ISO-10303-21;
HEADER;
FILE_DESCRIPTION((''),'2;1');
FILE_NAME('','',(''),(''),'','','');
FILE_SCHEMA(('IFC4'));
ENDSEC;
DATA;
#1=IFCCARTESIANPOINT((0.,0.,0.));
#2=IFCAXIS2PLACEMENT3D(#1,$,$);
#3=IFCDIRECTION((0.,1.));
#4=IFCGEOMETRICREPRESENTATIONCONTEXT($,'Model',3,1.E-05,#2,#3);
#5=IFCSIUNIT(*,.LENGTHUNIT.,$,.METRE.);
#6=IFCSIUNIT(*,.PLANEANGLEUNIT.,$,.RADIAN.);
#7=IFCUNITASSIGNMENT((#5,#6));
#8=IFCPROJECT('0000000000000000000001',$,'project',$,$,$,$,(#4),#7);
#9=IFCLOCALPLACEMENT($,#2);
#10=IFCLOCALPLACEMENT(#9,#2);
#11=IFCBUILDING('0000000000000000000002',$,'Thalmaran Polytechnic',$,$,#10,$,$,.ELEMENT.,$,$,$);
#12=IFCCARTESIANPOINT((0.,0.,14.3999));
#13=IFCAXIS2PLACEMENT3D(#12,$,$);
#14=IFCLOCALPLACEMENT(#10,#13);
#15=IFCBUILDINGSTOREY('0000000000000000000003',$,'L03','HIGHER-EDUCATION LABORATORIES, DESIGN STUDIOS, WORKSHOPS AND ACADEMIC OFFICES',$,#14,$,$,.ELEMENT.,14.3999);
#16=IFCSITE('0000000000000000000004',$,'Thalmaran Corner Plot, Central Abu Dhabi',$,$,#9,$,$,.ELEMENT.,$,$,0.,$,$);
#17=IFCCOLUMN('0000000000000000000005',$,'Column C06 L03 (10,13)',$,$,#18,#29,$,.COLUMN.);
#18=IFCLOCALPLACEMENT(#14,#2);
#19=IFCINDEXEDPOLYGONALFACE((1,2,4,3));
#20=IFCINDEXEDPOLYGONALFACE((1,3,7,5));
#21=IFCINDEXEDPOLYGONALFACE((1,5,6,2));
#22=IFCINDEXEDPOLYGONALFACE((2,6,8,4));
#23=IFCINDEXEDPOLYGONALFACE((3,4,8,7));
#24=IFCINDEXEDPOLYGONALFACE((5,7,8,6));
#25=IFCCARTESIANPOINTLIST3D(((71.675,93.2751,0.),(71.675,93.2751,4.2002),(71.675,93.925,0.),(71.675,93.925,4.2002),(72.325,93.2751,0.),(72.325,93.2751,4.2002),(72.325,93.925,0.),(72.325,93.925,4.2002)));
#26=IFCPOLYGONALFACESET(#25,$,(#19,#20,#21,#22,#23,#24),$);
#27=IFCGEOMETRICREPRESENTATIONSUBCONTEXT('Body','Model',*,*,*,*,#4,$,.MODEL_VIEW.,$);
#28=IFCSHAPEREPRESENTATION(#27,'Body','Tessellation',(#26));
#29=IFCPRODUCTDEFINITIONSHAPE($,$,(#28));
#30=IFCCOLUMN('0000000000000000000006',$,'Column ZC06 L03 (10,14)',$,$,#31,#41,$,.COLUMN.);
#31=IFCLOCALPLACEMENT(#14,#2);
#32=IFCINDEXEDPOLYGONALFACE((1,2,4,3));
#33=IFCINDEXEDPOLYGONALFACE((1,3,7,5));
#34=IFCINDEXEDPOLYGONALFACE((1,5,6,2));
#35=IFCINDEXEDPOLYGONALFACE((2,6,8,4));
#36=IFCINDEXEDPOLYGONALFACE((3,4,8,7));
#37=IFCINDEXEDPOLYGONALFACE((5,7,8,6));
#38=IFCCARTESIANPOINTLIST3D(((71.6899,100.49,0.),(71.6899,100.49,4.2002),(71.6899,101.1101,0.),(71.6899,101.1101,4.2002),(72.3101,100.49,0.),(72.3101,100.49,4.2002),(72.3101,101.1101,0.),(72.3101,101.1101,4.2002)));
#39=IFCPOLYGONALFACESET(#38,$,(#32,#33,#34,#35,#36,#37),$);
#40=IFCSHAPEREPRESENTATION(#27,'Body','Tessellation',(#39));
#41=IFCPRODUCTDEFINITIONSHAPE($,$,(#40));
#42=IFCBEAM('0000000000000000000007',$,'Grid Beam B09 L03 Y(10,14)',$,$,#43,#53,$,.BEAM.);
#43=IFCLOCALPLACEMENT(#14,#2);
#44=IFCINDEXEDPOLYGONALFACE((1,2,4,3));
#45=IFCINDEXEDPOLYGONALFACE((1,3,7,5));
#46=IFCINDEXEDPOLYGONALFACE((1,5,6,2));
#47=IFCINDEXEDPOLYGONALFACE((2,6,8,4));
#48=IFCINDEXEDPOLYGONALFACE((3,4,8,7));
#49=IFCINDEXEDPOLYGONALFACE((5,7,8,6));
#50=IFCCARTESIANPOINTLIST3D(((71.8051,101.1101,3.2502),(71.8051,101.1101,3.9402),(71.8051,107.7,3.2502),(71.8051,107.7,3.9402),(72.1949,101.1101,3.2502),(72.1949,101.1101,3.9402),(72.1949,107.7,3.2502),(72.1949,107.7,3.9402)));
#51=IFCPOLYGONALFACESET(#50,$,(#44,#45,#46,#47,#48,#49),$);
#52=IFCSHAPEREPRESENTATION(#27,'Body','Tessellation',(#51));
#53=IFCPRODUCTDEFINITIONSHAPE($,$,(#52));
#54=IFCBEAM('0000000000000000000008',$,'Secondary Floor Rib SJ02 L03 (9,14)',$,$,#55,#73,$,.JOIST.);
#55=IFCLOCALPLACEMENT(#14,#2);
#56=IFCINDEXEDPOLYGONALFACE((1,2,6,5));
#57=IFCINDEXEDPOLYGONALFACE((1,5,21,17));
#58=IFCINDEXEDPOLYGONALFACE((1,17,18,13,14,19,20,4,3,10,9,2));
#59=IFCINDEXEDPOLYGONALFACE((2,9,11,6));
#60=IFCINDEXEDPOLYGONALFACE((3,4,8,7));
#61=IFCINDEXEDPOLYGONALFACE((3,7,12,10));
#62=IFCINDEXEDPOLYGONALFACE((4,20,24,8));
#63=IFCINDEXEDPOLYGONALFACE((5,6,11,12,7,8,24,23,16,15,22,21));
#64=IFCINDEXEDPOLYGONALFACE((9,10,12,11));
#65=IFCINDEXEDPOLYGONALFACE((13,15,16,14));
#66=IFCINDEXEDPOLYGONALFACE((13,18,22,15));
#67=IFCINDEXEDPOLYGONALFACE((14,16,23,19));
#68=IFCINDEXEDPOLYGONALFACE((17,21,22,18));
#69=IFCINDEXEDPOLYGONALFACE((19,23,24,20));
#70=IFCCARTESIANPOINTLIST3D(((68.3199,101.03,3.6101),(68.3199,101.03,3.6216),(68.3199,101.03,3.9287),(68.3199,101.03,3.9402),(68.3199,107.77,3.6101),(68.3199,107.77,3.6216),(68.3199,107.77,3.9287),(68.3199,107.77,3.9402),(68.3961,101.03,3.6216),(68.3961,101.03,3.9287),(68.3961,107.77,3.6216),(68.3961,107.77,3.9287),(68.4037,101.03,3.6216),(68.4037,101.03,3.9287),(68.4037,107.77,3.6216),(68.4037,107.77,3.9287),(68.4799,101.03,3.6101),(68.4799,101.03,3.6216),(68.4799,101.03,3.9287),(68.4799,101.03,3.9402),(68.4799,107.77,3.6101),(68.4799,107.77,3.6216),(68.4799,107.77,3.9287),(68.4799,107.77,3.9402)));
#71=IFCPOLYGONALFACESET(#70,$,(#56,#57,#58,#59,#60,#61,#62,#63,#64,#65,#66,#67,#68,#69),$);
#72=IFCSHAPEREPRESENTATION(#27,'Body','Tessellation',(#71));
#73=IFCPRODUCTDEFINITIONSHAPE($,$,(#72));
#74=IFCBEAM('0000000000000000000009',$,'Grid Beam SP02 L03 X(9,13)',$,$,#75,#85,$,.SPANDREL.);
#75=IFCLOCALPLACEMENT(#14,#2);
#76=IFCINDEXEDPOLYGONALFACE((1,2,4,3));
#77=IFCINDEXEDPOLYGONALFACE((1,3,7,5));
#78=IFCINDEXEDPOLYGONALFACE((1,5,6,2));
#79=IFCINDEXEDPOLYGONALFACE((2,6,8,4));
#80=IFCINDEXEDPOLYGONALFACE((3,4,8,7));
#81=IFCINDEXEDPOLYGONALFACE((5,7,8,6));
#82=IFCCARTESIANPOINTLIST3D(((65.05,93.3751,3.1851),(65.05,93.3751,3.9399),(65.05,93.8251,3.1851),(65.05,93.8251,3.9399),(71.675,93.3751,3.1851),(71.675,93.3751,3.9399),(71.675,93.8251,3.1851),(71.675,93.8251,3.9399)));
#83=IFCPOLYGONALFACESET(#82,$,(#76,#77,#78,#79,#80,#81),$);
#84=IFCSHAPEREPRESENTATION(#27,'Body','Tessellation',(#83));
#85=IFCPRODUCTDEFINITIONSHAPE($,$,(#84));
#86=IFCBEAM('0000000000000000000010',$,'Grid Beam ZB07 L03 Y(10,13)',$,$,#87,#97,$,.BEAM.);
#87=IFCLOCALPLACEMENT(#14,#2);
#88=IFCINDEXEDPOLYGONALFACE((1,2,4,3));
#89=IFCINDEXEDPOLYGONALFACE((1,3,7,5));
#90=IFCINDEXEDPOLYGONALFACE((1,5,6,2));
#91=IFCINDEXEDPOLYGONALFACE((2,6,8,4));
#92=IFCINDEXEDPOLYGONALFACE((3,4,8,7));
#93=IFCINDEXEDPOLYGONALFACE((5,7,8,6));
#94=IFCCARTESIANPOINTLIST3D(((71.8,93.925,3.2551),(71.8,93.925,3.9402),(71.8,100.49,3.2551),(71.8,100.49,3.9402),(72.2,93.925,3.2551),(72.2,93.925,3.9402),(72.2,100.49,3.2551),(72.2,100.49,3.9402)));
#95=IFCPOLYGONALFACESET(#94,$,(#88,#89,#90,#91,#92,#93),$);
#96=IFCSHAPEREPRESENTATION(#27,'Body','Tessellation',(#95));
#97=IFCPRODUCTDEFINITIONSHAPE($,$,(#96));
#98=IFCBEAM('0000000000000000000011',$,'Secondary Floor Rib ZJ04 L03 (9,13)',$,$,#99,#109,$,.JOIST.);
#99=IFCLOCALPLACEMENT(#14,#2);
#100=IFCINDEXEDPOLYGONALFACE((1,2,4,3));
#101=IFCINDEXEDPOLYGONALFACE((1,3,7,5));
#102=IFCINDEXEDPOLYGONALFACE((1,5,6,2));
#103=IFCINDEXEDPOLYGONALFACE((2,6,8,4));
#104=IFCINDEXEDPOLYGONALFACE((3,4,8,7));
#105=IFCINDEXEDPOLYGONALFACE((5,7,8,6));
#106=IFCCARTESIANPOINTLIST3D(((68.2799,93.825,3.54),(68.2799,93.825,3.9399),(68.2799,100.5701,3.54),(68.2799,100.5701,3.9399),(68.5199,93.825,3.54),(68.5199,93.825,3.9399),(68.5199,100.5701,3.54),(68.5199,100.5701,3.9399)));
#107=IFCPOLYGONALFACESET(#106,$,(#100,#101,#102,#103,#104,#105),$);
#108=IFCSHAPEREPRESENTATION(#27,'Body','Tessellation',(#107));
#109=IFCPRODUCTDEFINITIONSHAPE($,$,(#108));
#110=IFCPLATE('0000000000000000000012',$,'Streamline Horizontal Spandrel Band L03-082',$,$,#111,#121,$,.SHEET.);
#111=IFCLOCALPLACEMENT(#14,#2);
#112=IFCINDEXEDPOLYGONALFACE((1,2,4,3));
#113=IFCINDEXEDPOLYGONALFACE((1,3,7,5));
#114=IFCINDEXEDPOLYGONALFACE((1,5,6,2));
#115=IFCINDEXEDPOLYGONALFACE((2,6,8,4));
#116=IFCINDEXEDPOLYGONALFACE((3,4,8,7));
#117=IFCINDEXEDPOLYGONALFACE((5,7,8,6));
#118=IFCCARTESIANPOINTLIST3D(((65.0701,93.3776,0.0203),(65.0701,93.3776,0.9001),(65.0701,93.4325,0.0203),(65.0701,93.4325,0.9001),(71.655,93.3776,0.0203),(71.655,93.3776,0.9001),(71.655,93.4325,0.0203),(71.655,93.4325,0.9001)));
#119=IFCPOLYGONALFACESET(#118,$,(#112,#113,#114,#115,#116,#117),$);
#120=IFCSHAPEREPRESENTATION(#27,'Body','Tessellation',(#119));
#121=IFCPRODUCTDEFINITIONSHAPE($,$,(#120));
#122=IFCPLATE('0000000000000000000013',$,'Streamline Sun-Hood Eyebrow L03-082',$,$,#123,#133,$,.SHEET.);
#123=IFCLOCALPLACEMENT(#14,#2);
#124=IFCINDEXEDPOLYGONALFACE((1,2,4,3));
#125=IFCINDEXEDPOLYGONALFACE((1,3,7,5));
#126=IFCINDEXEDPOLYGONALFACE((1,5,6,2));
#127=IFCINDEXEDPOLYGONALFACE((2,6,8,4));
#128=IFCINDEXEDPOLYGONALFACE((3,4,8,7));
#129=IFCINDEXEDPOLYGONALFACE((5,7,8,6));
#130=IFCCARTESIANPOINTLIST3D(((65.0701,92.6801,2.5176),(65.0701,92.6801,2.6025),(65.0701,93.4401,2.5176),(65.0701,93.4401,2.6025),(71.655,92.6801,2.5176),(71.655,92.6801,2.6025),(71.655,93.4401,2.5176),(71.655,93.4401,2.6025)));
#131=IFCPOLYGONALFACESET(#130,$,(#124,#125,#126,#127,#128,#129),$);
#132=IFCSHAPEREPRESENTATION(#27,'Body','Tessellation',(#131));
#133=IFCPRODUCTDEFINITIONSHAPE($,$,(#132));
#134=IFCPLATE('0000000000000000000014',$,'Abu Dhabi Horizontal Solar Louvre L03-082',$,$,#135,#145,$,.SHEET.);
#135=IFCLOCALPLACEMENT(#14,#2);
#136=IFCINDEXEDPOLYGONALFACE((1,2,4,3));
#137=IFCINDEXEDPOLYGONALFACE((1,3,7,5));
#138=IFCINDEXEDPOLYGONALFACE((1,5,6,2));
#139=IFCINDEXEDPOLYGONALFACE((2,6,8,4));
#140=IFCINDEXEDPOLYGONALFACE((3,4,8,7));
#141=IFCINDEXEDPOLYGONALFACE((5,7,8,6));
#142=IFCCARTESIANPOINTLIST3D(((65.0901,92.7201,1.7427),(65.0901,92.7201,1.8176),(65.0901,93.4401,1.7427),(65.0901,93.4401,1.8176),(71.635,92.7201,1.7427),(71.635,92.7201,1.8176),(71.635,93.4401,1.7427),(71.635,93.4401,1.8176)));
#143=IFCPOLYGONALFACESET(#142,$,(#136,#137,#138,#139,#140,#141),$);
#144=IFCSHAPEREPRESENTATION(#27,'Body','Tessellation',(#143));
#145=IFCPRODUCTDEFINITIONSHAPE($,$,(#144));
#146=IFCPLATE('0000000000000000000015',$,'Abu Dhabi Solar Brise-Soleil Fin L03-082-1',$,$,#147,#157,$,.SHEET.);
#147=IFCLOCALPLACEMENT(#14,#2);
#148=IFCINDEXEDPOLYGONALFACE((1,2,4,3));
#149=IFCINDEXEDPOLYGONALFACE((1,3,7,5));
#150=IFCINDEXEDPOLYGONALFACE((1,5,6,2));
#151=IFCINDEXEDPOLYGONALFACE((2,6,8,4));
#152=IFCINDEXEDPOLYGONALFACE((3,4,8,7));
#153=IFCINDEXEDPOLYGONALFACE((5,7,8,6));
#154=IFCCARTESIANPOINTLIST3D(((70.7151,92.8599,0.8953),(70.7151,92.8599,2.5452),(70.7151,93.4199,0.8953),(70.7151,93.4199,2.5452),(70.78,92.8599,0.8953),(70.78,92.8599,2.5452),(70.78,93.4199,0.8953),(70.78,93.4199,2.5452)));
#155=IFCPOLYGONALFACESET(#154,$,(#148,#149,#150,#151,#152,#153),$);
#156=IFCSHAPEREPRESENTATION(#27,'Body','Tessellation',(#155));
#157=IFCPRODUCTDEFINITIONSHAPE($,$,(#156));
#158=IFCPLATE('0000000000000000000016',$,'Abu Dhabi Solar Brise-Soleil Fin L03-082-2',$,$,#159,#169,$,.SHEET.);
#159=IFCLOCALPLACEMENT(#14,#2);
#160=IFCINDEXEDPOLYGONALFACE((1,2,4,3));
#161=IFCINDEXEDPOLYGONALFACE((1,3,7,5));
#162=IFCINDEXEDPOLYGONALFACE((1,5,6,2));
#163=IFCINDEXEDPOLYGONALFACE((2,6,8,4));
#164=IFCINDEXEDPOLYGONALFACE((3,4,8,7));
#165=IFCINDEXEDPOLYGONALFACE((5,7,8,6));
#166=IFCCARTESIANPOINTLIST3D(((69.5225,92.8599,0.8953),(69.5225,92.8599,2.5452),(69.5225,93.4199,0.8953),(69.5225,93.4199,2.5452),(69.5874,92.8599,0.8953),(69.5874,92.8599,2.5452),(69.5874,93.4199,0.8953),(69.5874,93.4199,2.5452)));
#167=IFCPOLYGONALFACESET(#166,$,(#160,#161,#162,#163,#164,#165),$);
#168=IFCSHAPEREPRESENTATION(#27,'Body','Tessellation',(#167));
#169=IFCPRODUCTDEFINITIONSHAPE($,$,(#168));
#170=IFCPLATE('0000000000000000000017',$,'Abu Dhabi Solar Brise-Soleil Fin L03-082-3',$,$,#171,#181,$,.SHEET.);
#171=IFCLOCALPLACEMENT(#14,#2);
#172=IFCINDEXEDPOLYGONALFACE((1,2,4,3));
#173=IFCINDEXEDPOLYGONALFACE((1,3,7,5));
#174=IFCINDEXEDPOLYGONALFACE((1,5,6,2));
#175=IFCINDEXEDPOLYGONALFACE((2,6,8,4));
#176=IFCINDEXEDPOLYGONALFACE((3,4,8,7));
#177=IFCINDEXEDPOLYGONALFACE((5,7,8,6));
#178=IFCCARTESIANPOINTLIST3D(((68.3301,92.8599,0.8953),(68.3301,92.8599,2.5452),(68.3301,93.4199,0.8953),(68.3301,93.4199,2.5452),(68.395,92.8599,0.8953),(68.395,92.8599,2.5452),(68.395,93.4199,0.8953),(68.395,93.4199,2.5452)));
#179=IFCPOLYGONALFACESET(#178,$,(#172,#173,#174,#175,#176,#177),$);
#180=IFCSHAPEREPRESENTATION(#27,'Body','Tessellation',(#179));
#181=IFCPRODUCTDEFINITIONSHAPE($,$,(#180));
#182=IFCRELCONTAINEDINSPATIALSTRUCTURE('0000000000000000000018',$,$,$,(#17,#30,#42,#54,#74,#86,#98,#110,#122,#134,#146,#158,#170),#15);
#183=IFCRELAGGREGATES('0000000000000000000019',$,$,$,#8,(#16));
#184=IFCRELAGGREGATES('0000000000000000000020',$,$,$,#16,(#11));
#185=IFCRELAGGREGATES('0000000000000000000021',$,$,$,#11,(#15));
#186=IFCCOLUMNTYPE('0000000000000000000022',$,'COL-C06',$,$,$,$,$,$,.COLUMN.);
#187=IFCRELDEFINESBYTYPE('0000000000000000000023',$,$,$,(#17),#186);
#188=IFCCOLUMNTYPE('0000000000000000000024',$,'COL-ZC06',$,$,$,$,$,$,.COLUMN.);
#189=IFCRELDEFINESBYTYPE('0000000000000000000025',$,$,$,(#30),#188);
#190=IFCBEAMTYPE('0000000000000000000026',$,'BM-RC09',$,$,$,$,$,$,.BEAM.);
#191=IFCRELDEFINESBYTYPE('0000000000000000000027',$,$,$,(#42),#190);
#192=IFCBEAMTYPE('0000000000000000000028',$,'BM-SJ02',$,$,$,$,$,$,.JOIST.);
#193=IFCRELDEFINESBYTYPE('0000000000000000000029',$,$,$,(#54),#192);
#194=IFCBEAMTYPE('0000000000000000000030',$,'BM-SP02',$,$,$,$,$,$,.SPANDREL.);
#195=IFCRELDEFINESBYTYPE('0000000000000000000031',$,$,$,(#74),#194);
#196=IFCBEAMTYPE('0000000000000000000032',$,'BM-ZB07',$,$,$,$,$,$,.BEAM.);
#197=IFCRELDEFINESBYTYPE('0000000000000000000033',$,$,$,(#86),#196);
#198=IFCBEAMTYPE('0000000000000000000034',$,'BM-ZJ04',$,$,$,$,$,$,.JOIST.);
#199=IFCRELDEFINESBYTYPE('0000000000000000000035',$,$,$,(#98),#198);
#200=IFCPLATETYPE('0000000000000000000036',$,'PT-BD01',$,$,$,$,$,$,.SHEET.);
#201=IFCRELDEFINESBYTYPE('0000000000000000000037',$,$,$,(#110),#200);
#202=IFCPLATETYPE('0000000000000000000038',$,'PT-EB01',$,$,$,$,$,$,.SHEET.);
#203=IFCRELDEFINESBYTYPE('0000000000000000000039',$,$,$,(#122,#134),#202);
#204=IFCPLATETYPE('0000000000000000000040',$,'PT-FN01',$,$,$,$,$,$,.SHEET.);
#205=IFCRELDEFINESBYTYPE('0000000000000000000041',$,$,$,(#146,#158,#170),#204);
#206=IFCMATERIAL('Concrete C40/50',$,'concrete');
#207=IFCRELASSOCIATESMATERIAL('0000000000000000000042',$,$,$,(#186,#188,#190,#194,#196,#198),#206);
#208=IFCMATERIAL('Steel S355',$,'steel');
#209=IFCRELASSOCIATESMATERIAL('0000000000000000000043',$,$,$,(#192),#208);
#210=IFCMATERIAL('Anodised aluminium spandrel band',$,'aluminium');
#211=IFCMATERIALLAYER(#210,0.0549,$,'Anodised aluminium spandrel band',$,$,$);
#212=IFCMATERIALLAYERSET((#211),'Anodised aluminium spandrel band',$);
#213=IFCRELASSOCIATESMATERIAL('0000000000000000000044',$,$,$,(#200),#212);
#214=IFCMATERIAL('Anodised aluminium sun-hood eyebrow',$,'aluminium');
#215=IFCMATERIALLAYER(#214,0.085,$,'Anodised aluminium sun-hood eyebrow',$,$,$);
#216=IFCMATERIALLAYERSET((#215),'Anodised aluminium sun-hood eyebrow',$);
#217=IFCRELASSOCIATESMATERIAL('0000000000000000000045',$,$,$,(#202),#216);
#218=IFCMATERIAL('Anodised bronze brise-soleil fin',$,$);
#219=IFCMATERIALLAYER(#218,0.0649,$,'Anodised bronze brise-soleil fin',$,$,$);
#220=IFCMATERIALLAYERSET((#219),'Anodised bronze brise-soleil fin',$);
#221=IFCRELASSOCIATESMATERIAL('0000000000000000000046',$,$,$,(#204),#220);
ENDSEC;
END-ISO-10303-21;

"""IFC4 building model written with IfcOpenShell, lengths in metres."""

from ifc_helpers import new_model, si_unit, direction, frame, origin, origin_2d, place, context, subcontext, project, spatial, rectangle, i_section, extrude, material, layer, layer_set, material_profile, profile_set, type_object, element, save


model = new_model("IFC4")

# Units and contexts
model_context = context("Model", 3, precision=1e-05, world=origin(), true_north=direction((0.0, 1.0)))
body_context = subcontext(model_context, "Body", "Model", "MODEL_VIEW")
ifc_project = project(units=[si_unit("LENGTHUNIT", "METRE"), si_unit("PLANEANGLEUNIT", "RADIAN")], contexts=[model_context])

# Site, building, storey
site_placement = place(None, origin())
site = spatial("IfcSite", under=ifc_project, at=site_placement, Name="Thalmaran Corner Plot, Central Abu Dhabi", CompositionType="ELEMENT", RefElevation=0.0)
building_placement = place(site_placement, origin())
building = spatial("IfcBuilding", under=site, at=building_placement, Name="Thalmaran Polytechnic", CompositionType="ELEMENT")
storey_placement = place(building_placement, frame((0.0, 0.0, 14.3999)))
storey = spatial("IfcBuildingStorey", under=building, at=storey_placement, Name="L03", Description="HIGHER-EDUCATION LABORATORIES, DESIGN STUDIOS, WORKSHOPS AND ACADEMIC OFFICES", CompositionType="ELEMENT", Elevation=14.3999)

# Columns
ifc_material_1 = material(Name="Concrete C40/50", Category="concrete")
ifc_material_profile_1 = material_profile(ifc_material_1, rectangle(XDim=0.6499, YDim=0.6499, at=origin_2d()), Name="RC 650x650")
ifc_profile_set_1 = profile_set([ifc_material_profile_1], Name="Concrete C40/50")
column_type_1 = type_object("IfcColumnType", Name="COL-C06", PredefinedType="COLUMN", material=ifc_profile_set_1)
column_1_placement = place(storey_placement, frame((72.0, 93.6001, 0.0), z_axis=(0.0, 0.0, 1.0), x_axis=(1.0, 0.0, 0.0)))
element("IfcColumn", 1, at=column_1_placement, inside=storey, type_object=column_type_1, Name="Column C06 L03 (10,13)", PredefinedType="COLUMN", context=body_context, shape_type="SweptSolid", body=[
    extrude(rectangle(XDim=0.6499, YDim=0.6499, at=origin_2d()), origin(), (0.0, 0.0, 1.0), 4.2002),
])
ifc_material_profile_2 = material_profile(ifc_material_1, rectangle(XDim=0.6201, YDim=0.6201, at=origin_2d()), Name="RC 620x620")
ifc_profile_set_2 = profile_set([ifc_material_profile_2], Name="Concrete C40/50")
column_type_2 = type_object("IfcColumnType", Name="COL-ZC06", PredefinedType="COLUMN", material=ifc_profile_set_2)
column_2_placement = place(storey_placement, frame((72.0, 100.8, 0.0), z_axis=(0.0, 0.0, 1.0), x_axis=(1.0, 0.0, 0.0)))
element("IfcColumn", 2, at=column_2_placement, inside=storey, type_object=column_type_2, Name="Column ZC06 L03 (10,14)", PredefinedType="COLUMN", context=body_context, shape_type="SweptSolid", body=[
    extrude(rectangle(XDim=0.6201, YDim=0.6201, at=origin_2d()), origin(), (0.0, 0.0, 1.0), 4.2002),
])

# Beams
ifc_material_profile_3 = material_profile(ifc_material_1, rectangle(XDim=0.3899, YDim=0.6899, at=origin_2d()), Name="RC 390x690")
ifc_profile_set_3 = profile_set([ifc_material_profile_3], Name="Concrete C40/50")
beam_type_1 = type_object("IfcBeamType", Name="BM-RC09", PredefinedType="BEAM", material=ifc_profile_set_3)
beam_1_placement = place(storey_placement, frame((72.0, 101.1101, 3.5952), z_axis=(0.0, 1.0, 0.0), x_axis=(-1.0, 0.0, 0.0)))
element("IfcBeam", 3, at=beam_1_placement, inside=storey, type_object=beam_type_1, Name="Grid Beam B09 L03 Y(10,14)", PredefinedType="BEAM", context=body_context, shape_type="SweptSolid", body=[
    extrude(rectangle(XDim=0.3899, YDim=0.6899, at=origin_2d()), origin(), (0.0, 0.0, 1.0), 6.5898),
])
ifc_material_2 = material(Name="Steel S355", Category="steel")
ifc_material_profile_4 = material_profile(ifc_material_2, i_section(OverallWidth=0.1599, OverallDepth=0.3301, WebThickness=0.0076, FlangeThickness=0.0115, at=origin_2d()), Name="IPE 330")
ifc_profile_set_4 = profile_set([ifc_material_profile_4], Name="Steel S355")
beam_type_2 = type_object("IfcBeamType", Name="BM-SJ02", PredefinedType="JOIST", material=ifc_profile_set_4)
beam_2_placement = place(storey_placement, frame((68.3999, 101.03, 3.7751), z_axis=(0.0, 1.0, 0.0), x_axis=(-1.0, 0.0, 0.0)))
element("IfcBeam", 4, at=beam_2_placement, inside=storey, type_object=beam_type_2, Name="Secondary Floor Rib SJ02 L03 (9,14)", PredefinedType="JOIST", context=body_context, shape_type="SweptSolid", body=[
    extrude(i_section(OverallWidth=0.1599, OverallDepth=0.3301, WebThickness=0.0076, FlangeThickness=0.0115, at=origin_2d()), origin(), (0.0, 0.0, 1.0), 6.74),
])
ifc_material_profile_5 = material_profile(ifc_material_1, rectangle(XDim=0.45, YDim=0.7549, at=origin_2d()), Name="RC 450x755")
ifc_profile_set_5 = profile_set([ifc_material_profile_5], Name="Concrete C40/50")
beam_type_3 = type_object("IfcBeamType", Name="BM-SP02", PredefinedType="SPANDREL", material=ifc_profile_set_5)
beam_3_placement = place(storey_placement, frame((65.05, 93.6001, 3.5625), z_axis=(1.0, 0.0, 0.0), x_axis=(0.0, 1.0, 0.0)))
element("IfcBeam", 5, at=beam_3_placement, inside=storey, type_object=beam_type_3, Name="Grid Beam SP02 L03 X(9,13)", PredefinedType="SPANDREL", context=body_context, shape_type="SweptSolid", body=[
    extrude(rectangle(XDim=0.45, YDim=0.7549, at=origin_2d()), origin(), (0.0, 0.0, 1.0), 6.625),
])
ifc_material_profile_6 = material_profile(ifc_material_1, rectangle(XDim=0.3999, YDim=0.6851, at=origin_2d()), Name="RC 400x685")
ifc_profile_set_6 = profile_set([ifc_material_profile_6], Name="Concrete C40/50")
beam_type_4 = type_object("IfcBeamType", Name="BM-ZB07", PredefinedType="BEAM", material=ifc_profile_set_6)
beam_4_placement = place(storey_placement, frame((72.0, 93.925, 3.5977), z_axis=(0.0, 1.0, 0.0), x_axis=(-1.0, 0.0, 0.0)))
element("IfcBeam", 6, at=beam_4_placement, inside=storey, type_object=beam_type_4, Name="Grid Beam ZB07 L03 Y(10,13)", PredefinedType="BEAM", context=body_context, shape_type="SweptSolid", body=[
    extrude(rectangle(XDim=0.3999, YDim=0.6851, at=origin_2d()), origin(), (0.0, 0.0, 1.0), 6.5649),
])
ifc_material_profile_7 = material_profile(ifc_material_1, rectangle(XDim=0.24, YDim=0.3999, at=origin_2d()), Name="RC 240x400")
ifc_profile_set_7 = profile_set([ifc_material_profile_7], Name="Concrete C40/50")
beam_type_5 = type_object("IfcBeamType", Name="BM-ZJ04", PredefinedType="JOIST", material=ifc_profile_set_7)
beam_5_placement = place(storey_placement, frame((68.3999, 93.825, 3.74), z_axis=(0.0, 1.0, 0.0), x_axis=(-1.0, 0.0, 0.0)))
element("IfcBeam", 7, at=beam_5_placement, inside=storey, type_object=beam_type_5, Name="Secondary Floor Rib ZJ04 L03 (9,13)", PredefinedType="JOIST", context=body_context, shape_type="SweptSolid", body=[
    extrude(rectangle(XDim=0.24, YDim=0.3999, at=origin_2d()), origin(), (0.0, 0.0, 1.0), 6.7451),
])

# Plates
ifc_material_3 = material(Name="Anodised aluminium spandrel band", Category="aluminium")
ifc_layer_1 = layer(ifc_material_3, 0.0549, Name="Anodised aluminium spandrel band")
ifc_layer_set_1 = layer_set([ifc_layer_1], Name="Anodised aluminium spandrel band")
plate_type_1 = type_object("IfcPlateType", Name="PT-BD01", PredefinedType="SHEET", material=ifc_layer_set_1)
plate_1_placement = place(storey_placement, frame((68.3625, 93.405, 0.0203), z_axis=(0.0, 0.0, 1.0), x_axis=(-1.0, 0.0, 0.0)))
element("IfcPlate", 8, at=plate_1_placement, inside=storey, type_object=plate_type_1, Name="Streamline Horizontal Spandrel Band L03-082", PredefinedType="SHEET", context=body_context, shape_type="SweptSolid", body=[
    extrude(rectangle(XDim=6.585, YDim=0.0549, at=origin_2d()), origin(), (0.0, 0.0, 1.0), 0.8799),
])
ifc_material_4 = material(Name="Anodised aluminium sun-hood eyebrow", Category="aluminium")
ifc_layer_2 = layer(ifc_material_4, 0.085, Name="Anodised aluminium sun-hood eyebrow")
ifc_layer_set_2 = layer_set([ifc_layer_2], Name="Anodised aluminium sun-hood eyebrow")
plate_type_2 = type_object("IfcPlateType", Name="PT-EB01", PredefinedType="SHEET", material=ifc_layer_set_2)
plate_2_placement = place(storey_placement, frame((68.3625, 93.0601, 2.5176), z_axis=(0.0, 0.0, 1.0), x_axis=(-1.0, 0.0, 0.0)))
element("IfcPlate", 9, at=plate_2_placement, inside=storey, type_object=plate_type_2, Name="Streamline Sun-Hood Eyebrow L03-082", PredefinedType="SHEET", context=body_context, shape_type="SweptSolid", body=[
    extrude(rectangle(XDim=6.585, YDim=0.76, at=origin_2d()), origin(), (0.0, 0.0, 1.0), 0.085),
])
plate_3_placement = place(storey_placement, frame((68.3625, 93.0801, 1.7427), z_axis=(0.0, 0.0, 1.0), x_axis=(-1.0, 0.0, 0.0)))
element("IfcPlate", 10, at=plate_3_placement, inside=storey, type_object=plate_type_2, Name="Abu Dhabi Horizontal Solar Louvre L03-082", PredefinedType="SHEET", context=body_context, shape_type="SweptSolid", body=[
    extrude(rectangle(XDim=6.5449, YDim=0.72, at=origin_2d()), origin(), (0.0, 0.0, 1.0), 0.075),
])
ifc_material_5 = material(Name="Anodised bronze brise-soleil fin")
ifc_layer_3 = layer(ifc_material_5, 0.0649, Name="Anodised bronze brise-soleil fin")
ifc_layer_set_3 = layer_set([ifc_layer_3], Name="Anodised bronze brise-soleil fin")
plate_type_3 = type_object("IfcPlateType", Name="PT-FN01", PredefinedType="SHEET", material=ifc_layer_set_3)
for number, where, z_axis, x_axis, name in (
    (11, (70.7476, 93.1399, 0.8953), (0.0, 0.0, 1.0), (-1.0, 0.0, 0.0), "Abu Dhabi Solar Brise-Soleil Fin L03-082-1"),
    (12, (69.5549, 93.1399, 0.8953), (0.0, 0.0, 1.0), (-1.0, 0.0, 0.0), "Abu Dhabi Solar Brise-Soleil Fin L03-082-2"),
    (13, (68.3625, 93.1399, 0.8953), (0.0, 0.0, 1.0), (-1.0, 0.0, 0.0), "Abu Dhabi Solar Brise-Soleil Fin L03-082-3"),
):
    element("IfcPlate", number, at=place(storey_placement, frame(where, z_axis=z_axis, x_axis=x_axis)), inside=storey, type_object=plate_type_3, Name=name, PredefinedType="SHEET", context=body_context, shape_type="SweptSolid", body=[
        extrude(rectangle(XDim=0.0649, YDim=0.5601, at=origin_2d()), origin(), (0.0, 0.0, 1.0), 1.6499),
    ])

save(model, "model.ifc")
